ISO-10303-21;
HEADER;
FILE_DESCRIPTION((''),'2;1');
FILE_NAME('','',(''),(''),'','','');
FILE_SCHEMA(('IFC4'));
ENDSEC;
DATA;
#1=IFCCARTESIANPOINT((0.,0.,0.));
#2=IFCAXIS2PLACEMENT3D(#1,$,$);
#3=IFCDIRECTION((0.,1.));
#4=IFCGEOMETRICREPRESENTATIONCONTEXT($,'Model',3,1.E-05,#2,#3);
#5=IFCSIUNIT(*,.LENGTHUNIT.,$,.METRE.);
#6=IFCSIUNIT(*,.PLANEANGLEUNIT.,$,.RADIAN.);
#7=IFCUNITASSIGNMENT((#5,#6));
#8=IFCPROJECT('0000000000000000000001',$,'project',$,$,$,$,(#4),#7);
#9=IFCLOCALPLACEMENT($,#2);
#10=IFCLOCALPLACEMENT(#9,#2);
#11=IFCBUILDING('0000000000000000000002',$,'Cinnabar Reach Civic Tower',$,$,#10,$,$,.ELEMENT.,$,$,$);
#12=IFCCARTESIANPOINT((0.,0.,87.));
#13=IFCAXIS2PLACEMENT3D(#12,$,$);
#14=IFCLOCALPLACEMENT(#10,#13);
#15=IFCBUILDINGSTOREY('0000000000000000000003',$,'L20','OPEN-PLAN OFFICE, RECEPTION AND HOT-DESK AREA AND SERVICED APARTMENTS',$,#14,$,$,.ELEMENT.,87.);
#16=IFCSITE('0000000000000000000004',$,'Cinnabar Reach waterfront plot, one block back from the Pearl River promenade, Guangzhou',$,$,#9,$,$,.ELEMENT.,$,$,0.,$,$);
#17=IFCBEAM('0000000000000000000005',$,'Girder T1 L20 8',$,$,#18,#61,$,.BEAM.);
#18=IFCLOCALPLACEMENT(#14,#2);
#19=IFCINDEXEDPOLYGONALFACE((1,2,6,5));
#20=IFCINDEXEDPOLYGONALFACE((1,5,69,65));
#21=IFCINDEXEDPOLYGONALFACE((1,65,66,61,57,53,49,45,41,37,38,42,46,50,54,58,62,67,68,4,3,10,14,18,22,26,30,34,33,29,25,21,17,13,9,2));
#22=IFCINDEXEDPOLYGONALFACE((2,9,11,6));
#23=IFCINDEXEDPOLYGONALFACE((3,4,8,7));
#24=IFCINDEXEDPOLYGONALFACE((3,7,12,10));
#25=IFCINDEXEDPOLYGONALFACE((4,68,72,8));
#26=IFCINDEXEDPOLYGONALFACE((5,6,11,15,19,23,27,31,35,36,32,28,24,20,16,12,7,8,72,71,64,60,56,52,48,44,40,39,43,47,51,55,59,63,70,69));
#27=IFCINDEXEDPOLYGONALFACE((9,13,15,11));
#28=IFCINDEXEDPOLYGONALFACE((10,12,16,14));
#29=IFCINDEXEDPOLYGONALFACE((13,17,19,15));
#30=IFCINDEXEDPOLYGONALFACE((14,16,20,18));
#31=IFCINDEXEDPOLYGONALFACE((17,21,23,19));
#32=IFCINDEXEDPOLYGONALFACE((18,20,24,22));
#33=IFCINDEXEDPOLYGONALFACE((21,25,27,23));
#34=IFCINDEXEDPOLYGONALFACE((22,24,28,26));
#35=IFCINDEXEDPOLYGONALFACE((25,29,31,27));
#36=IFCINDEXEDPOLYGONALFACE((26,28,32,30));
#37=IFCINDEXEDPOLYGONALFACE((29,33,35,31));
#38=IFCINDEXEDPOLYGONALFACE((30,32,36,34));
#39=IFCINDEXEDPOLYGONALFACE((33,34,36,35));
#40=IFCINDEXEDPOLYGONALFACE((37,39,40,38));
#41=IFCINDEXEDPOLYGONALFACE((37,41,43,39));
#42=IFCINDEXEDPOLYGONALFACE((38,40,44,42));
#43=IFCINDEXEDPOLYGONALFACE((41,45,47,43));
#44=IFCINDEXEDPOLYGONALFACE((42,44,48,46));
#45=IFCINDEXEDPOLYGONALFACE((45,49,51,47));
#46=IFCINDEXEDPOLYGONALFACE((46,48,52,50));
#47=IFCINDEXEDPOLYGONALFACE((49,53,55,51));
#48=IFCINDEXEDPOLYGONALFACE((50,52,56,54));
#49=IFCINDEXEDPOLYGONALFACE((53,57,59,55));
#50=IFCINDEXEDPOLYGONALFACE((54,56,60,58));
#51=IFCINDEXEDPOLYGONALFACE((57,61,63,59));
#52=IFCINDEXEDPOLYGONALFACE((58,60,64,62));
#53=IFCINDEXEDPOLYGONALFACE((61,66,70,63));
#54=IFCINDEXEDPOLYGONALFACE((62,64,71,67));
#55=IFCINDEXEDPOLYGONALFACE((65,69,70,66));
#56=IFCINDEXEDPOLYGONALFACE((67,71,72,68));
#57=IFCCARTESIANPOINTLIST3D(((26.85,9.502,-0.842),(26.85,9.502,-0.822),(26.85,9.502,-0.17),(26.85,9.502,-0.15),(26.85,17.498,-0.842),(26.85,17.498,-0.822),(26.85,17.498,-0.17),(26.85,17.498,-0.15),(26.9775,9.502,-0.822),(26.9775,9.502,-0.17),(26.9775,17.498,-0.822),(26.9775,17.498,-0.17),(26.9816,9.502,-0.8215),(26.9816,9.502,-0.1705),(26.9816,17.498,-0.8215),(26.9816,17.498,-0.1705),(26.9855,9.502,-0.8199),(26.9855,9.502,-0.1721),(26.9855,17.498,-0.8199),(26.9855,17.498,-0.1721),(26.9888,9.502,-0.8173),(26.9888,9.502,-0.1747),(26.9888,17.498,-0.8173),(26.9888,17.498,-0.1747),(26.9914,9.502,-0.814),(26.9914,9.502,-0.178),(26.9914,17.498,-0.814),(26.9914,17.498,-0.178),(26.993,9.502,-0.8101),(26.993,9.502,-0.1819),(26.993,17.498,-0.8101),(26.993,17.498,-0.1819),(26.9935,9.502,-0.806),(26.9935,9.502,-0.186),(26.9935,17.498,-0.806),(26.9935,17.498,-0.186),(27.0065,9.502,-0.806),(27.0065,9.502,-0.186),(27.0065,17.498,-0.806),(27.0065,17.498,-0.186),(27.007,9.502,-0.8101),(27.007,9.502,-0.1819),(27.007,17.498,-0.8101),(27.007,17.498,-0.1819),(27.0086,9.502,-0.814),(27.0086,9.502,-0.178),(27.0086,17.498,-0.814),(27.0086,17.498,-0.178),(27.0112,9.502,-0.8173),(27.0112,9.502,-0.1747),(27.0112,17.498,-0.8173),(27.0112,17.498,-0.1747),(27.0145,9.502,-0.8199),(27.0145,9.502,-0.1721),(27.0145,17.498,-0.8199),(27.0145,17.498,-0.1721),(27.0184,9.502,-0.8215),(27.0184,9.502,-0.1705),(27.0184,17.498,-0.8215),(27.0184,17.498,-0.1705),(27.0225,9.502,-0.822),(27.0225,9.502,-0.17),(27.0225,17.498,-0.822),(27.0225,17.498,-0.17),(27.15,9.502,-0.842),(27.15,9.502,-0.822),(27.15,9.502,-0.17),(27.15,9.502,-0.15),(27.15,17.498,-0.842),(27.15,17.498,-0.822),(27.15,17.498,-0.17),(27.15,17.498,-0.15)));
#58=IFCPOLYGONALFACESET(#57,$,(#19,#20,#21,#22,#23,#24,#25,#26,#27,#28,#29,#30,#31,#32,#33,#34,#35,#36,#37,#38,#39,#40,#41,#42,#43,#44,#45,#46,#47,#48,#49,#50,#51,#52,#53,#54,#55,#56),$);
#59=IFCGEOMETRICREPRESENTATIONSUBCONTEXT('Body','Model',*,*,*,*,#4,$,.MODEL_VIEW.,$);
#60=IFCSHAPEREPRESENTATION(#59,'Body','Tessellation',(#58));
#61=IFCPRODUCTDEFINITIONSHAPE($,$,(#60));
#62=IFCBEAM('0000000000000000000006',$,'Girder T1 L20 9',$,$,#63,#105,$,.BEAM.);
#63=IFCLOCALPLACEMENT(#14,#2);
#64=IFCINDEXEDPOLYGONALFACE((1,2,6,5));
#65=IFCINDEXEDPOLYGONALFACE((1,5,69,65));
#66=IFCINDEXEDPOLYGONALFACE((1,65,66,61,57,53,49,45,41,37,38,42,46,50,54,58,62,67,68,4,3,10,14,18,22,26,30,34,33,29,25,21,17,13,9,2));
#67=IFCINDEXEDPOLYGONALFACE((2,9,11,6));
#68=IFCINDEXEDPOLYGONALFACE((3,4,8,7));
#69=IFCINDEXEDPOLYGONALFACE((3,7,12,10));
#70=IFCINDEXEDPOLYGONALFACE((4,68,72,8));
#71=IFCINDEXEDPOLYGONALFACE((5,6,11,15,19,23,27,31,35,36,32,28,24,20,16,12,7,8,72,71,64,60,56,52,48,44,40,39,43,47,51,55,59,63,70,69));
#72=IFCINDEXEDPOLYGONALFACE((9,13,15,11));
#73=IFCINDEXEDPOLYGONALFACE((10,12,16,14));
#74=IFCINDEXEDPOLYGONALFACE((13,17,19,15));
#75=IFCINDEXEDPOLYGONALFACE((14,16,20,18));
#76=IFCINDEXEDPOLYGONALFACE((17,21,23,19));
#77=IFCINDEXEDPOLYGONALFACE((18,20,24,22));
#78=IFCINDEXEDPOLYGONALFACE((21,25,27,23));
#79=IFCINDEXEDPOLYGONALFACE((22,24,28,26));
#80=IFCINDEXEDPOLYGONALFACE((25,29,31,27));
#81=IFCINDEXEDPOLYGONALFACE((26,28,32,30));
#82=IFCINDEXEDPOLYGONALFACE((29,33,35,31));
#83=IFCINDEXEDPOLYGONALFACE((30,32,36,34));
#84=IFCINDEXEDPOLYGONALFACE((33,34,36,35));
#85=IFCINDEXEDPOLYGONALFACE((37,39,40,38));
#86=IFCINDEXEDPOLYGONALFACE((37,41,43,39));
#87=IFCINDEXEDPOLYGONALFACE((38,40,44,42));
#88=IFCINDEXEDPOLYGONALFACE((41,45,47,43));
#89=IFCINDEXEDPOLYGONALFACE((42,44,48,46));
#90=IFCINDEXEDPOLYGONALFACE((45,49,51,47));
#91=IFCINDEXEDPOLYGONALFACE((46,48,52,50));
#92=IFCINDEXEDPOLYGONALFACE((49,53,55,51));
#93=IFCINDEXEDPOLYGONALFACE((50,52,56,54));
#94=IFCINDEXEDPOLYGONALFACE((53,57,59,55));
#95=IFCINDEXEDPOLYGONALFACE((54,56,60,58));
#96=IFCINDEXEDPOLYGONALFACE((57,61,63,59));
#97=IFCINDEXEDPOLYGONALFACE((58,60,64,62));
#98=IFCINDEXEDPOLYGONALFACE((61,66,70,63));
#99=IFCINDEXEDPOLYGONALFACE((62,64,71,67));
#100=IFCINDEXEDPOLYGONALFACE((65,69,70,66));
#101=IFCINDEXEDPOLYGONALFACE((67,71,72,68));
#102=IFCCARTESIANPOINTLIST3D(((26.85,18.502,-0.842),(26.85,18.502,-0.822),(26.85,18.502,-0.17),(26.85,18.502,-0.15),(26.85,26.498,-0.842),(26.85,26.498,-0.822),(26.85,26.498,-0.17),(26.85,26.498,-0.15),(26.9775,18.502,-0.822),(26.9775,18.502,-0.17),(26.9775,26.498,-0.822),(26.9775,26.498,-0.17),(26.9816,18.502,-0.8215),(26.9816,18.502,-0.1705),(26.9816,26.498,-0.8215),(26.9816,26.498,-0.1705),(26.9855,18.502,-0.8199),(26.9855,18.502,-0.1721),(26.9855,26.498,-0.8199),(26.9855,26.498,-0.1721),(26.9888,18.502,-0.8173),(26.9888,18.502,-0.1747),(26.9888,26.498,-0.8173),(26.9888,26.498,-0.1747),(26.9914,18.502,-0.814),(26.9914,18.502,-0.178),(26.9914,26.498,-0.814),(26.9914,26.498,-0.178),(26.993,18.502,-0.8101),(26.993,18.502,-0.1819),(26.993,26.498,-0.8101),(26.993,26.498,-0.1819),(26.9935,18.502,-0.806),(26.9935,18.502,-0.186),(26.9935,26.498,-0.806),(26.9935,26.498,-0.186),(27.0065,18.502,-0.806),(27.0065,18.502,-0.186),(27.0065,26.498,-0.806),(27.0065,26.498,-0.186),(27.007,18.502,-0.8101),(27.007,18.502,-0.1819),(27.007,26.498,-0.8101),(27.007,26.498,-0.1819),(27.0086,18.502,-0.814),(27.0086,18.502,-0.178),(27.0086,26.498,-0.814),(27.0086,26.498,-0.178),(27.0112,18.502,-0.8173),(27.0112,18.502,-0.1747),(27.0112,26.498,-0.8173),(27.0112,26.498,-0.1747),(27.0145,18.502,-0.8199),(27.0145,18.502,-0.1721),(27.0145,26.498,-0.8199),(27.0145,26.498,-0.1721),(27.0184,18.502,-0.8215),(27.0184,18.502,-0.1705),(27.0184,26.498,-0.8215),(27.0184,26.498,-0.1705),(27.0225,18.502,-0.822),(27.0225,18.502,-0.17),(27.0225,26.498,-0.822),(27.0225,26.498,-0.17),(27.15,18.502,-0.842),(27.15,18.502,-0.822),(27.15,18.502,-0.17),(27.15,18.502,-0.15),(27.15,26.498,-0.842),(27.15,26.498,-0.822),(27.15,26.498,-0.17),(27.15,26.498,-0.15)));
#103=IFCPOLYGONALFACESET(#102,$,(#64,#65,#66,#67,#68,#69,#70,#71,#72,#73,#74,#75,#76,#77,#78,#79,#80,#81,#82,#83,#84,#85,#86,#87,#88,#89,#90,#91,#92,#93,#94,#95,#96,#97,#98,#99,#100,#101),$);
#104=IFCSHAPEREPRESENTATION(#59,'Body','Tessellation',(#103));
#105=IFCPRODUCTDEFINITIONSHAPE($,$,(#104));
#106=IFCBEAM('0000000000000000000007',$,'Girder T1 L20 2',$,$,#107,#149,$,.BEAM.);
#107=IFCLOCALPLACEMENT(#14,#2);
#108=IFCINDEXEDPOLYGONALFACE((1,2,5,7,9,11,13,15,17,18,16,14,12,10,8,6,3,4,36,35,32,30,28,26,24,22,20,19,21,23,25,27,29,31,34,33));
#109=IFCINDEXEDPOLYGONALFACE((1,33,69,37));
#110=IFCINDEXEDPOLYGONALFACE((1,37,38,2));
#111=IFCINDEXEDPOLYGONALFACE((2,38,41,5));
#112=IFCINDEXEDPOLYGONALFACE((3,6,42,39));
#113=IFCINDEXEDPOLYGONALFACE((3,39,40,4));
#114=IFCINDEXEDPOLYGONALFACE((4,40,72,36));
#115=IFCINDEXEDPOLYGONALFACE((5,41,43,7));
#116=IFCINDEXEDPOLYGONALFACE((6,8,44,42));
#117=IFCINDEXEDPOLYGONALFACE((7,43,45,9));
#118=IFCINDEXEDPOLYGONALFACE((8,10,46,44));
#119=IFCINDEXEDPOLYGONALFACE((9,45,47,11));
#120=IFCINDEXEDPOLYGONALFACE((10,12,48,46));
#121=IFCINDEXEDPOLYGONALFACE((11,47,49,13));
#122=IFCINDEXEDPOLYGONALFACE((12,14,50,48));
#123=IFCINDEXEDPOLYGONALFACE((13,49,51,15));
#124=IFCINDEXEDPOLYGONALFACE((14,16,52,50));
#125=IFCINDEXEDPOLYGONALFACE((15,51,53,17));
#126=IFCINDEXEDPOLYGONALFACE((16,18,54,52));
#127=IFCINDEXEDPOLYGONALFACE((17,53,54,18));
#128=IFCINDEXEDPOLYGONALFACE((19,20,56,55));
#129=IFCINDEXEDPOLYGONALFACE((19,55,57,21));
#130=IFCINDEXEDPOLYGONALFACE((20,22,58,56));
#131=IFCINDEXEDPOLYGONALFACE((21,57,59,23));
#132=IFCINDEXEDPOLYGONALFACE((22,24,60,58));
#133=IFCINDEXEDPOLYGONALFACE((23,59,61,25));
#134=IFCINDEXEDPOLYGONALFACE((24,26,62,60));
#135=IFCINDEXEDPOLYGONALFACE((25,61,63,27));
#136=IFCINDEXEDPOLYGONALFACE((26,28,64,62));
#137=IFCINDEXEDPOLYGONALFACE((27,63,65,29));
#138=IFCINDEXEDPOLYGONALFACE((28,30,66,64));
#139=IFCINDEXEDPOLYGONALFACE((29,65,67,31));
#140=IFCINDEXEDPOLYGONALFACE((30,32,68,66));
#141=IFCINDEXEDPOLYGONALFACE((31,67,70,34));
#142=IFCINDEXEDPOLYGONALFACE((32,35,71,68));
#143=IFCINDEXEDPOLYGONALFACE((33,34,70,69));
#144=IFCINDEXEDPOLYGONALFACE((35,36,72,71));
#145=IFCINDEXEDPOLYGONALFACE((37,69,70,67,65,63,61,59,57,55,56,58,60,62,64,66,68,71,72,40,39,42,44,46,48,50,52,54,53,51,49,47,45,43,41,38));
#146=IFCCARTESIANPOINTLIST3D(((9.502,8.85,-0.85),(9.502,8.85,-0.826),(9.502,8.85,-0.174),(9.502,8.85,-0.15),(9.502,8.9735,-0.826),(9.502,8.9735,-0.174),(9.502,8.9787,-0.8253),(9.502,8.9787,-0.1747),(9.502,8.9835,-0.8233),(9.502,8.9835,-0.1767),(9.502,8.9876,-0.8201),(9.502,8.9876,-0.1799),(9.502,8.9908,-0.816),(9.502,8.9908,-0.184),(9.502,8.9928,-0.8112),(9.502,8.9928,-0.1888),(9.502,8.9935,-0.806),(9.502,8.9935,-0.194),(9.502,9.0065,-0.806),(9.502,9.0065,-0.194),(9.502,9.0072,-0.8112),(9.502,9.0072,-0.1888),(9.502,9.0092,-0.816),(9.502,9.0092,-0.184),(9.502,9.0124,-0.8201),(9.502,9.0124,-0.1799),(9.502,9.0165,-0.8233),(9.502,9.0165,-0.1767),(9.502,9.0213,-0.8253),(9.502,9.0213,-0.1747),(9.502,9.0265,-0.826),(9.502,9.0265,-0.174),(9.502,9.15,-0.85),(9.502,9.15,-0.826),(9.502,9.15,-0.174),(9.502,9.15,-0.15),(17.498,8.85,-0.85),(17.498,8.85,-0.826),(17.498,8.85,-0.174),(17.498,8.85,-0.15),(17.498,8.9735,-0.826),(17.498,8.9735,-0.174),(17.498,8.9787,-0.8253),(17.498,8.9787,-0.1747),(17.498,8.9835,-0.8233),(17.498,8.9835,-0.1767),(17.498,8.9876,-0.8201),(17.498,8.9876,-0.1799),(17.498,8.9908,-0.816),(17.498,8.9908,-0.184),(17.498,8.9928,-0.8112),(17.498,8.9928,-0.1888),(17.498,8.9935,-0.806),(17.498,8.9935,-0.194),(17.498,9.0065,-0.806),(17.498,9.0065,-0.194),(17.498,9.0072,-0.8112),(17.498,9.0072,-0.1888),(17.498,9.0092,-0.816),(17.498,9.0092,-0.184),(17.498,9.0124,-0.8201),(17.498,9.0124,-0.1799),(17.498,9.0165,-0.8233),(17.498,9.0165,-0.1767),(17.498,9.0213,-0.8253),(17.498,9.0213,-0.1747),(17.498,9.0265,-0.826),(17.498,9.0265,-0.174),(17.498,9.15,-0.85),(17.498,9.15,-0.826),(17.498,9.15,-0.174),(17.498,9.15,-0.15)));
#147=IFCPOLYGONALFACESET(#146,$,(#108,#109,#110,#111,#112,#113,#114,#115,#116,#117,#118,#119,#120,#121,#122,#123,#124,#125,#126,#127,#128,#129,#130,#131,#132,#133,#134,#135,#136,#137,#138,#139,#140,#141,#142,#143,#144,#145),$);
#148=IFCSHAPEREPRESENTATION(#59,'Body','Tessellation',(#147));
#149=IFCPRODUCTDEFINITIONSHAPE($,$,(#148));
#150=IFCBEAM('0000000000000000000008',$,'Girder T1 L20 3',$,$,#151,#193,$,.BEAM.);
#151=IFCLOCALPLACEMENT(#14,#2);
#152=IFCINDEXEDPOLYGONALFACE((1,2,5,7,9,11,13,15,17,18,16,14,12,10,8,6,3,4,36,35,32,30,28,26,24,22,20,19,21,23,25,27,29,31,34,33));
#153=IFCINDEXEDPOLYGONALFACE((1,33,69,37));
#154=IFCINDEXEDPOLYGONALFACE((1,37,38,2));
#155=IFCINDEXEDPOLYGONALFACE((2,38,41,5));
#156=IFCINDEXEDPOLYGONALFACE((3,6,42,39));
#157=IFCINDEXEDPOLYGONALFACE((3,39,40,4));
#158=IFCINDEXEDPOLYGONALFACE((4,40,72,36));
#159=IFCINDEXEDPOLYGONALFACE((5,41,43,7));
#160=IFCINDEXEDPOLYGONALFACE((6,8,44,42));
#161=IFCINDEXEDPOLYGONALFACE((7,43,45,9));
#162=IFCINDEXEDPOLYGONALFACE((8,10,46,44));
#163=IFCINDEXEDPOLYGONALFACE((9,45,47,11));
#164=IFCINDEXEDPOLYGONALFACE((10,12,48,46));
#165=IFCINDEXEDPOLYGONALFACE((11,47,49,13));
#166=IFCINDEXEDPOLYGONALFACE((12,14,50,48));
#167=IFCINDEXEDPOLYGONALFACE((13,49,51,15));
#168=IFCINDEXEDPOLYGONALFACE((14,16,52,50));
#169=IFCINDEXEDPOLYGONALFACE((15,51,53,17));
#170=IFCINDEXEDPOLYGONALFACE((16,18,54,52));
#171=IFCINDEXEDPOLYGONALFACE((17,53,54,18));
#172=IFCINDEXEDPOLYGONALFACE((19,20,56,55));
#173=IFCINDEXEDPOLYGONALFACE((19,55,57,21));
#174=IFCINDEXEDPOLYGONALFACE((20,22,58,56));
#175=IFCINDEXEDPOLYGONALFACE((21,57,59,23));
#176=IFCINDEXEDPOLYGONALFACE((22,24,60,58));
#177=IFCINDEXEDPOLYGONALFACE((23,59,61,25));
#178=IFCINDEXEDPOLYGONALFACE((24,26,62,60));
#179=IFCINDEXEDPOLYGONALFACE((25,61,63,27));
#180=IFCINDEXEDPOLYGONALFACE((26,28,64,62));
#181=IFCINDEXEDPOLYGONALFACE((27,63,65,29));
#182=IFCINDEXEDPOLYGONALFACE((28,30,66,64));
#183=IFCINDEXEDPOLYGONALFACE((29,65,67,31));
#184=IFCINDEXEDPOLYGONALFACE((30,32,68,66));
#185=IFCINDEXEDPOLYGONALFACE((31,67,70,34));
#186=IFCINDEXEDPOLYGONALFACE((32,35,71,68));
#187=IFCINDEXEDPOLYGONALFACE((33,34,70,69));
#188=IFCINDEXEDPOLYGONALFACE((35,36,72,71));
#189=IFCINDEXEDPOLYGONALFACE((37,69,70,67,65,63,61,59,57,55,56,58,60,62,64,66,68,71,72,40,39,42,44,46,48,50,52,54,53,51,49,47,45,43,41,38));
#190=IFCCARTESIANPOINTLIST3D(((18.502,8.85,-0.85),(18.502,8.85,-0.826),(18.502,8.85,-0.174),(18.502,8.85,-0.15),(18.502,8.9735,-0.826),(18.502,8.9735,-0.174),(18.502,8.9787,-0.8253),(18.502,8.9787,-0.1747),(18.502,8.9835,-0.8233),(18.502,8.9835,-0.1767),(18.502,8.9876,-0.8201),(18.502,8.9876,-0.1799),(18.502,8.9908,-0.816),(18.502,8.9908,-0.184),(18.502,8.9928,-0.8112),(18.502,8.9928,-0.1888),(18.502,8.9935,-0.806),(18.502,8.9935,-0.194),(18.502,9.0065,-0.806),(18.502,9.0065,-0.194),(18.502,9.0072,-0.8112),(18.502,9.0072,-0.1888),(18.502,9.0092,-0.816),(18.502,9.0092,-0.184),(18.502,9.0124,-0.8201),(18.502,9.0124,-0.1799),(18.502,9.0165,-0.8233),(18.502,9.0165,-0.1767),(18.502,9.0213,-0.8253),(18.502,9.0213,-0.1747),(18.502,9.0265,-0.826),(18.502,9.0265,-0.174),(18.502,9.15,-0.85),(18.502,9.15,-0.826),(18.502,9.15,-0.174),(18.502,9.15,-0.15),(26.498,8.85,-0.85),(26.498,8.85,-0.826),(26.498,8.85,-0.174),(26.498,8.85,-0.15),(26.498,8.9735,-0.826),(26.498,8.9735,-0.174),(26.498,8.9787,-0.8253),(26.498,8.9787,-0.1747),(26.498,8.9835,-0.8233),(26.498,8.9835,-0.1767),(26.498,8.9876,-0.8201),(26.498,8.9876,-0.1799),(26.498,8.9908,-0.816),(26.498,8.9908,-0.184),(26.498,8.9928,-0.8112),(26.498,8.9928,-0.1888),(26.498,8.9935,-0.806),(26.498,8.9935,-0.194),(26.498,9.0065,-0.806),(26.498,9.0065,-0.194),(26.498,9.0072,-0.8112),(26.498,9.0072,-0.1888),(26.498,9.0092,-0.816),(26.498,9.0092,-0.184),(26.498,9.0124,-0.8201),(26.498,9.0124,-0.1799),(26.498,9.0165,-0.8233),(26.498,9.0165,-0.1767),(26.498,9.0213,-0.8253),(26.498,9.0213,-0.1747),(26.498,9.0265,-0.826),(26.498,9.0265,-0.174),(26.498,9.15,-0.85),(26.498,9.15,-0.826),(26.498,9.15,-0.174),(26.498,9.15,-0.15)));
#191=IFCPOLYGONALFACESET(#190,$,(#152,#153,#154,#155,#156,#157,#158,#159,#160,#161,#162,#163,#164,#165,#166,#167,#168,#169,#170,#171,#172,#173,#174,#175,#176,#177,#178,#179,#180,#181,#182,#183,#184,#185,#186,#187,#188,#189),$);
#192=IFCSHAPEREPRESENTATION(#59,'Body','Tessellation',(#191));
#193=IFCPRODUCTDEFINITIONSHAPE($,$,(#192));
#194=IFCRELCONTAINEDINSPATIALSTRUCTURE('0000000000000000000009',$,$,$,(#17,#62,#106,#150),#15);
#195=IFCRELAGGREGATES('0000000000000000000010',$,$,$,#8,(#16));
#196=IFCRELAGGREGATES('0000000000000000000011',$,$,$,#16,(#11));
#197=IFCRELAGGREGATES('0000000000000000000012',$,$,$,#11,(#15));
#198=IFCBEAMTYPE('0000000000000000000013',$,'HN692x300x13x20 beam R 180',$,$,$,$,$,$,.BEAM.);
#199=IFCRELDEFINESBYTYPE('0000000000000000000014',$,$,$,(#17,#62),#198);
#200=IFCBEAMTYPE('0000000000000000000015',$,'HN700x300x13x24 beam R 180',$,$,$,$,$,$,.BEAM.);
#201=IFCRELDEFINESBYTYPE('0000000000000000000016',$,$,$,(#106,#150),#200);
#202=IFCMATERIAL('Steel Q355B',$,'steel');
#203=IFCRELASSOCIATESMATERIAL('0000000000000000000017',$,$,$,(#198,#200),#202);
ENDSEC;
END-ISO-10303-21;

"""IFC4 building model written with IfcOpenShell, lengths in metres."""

from ifc_helpers import new_model, si_unit, direction, frame, origin, origin_2d, place, context, subcontext, project, spatial, i_section, extrude, material, material_profile, profile_set, type_object, element, save


model = new_model("IFC4")

# Units and contexts
model_context = context("Model", 3, precision=1e-05, world=origin(), true_north=direction((0.0, 1.0)))
body_context = subcontext(model_context, "Body", "Model", "MODEL_VIEW")
ifc_project = project(units=[si_unit("LENGTHUNIT", "METRE"), si_unit("PLANEANGLEUNIT", "RADIAN")], contexts=[model_context])

# Site, building, storey
site_placement = place(None, origin())
site = spatial("IfcSite", under=ifc_project, at=site_placement, Name="Cinnabar Reach waterfront plot, one block back from the Pearl River promenade, Guangzhou", CompositionType="ELEMENT", RefElevation=0.0)
building_placement = place(site_placement, origin())
building = spatial("IfcBuilding", under=site, at=building_placement, Name="Cinnabar Reach Civic Tower", CompositionType="ELEMENT")
storey_placement = place(building_placement, frame((0.0, 0.0, 87.0)))
storey = spatial("IfcBuildingStorey", under=building, at=storey_placement, Name="L20", Description="OPEN-PLAN OFFICE, RECEPTION AND HOT-DESK AREA AND SERVICED APARTMENTS", CompositionType="ELEMENT", Elevation=87.0)

# Beams
ifc_material_1 = material(Name="Steel Q355B", Category="steel")
ifc_material_profile_1 = material_profile(ifc_material_1, i_section(OverallWidth=0.3, OverallDepth=0.692, WebThickness=0.013, FlangeThickness=0.02, FilletRadius=0.016, at=origin_2d()), Name="HN692x300x13x20")
ifc_profile_set_1 = profile_set([ifc_material_profile_1], Name="Steel Q355B")
beam_type_1 = type_object("IfcBeamType", Name="HN692x300x13x20 beam R 180", PredefinedType="BEAM", material=ifc_profile_set_1)
for number, where, z_axis, x_axis, name in (
    (1, (27.0, 9.502, -0.496), (0.0, 1.0, 0.0), (-1.0, 0.0, 0.0), "Girder T1 L20 8"),
    (2, (27.0, 18.502, -0.496), (0.0, 1.0, 0.0), (-1.0, 0.0, 0.0), "Girder T1 L20 9"),
):
    element("IfcBeam", number, at=place(storey_placement, frame(where, z_axis=z_axis, x_axis=x_axis)), inside=storey, type_object=beam_type_1, Name=name, PredefinedType="BEAM", context=body_context, shape_type="SweptSolid", body=[
        extrude(i_section(OverallWidth=0.3, OverallDepth=0.692, WebThickness=0.013, FlangeThickness=0.02, FilletRadius=0.016, at=origin_2d()), origin(), (0.0, 0.0, 1.0), 7.996),
    ])
ifc_material_profile_2 = material_profile(ifc_material_1, i_section(OverallWidth=0.3, OverallDepth=0.7, WebThickness=0.013, FlangeThickness=0.024, FilletRadius=0.02, at=origin_2d()), Name="HN700x300x13x24")
ifc_profile_set_2 = profile_set([ifc_material_profile_2], Name="Steel Q355B")
beam_type_2 = type_object("IfcBeamType", Name="HN700x300x13x24 beam R 180", PredefinedType="BEAM", material=ifc_profile_set_2)
for number, where, z_axis, x_axis, name in (
    (3, (9.502, 9.0, -0.5), (1.0, 0.0, 0.0), (0.0, 1.0, 0.0), "Girder T1 L20 2"),
    (4, (18.502, 9.0, -0.5), (1.0, 0.0, 0.0), (0.0, 1.0, 0.0), "Girder T1 L20 3"),
):
    element("IfcBeam", number, at=place(storey_placement, frame(where, z_axis=z_axis, x_axis=x_axis)), inside=storey, type_object=beam_type_2, Name=name, PredefinedType="BEAM", context=body_context, shape_type="SweptSolid", body=[
        extrude(i_section(OverallWidth=0.3, OverallDepth=0.7, WebThickness=0.013, FlangeThickness=0.024, FilletRadius=0.02, at=origin_2d()), origin(), (0.0, 0.0, 1.0), 7.996),
    ])

save(model, "model.ifc")
